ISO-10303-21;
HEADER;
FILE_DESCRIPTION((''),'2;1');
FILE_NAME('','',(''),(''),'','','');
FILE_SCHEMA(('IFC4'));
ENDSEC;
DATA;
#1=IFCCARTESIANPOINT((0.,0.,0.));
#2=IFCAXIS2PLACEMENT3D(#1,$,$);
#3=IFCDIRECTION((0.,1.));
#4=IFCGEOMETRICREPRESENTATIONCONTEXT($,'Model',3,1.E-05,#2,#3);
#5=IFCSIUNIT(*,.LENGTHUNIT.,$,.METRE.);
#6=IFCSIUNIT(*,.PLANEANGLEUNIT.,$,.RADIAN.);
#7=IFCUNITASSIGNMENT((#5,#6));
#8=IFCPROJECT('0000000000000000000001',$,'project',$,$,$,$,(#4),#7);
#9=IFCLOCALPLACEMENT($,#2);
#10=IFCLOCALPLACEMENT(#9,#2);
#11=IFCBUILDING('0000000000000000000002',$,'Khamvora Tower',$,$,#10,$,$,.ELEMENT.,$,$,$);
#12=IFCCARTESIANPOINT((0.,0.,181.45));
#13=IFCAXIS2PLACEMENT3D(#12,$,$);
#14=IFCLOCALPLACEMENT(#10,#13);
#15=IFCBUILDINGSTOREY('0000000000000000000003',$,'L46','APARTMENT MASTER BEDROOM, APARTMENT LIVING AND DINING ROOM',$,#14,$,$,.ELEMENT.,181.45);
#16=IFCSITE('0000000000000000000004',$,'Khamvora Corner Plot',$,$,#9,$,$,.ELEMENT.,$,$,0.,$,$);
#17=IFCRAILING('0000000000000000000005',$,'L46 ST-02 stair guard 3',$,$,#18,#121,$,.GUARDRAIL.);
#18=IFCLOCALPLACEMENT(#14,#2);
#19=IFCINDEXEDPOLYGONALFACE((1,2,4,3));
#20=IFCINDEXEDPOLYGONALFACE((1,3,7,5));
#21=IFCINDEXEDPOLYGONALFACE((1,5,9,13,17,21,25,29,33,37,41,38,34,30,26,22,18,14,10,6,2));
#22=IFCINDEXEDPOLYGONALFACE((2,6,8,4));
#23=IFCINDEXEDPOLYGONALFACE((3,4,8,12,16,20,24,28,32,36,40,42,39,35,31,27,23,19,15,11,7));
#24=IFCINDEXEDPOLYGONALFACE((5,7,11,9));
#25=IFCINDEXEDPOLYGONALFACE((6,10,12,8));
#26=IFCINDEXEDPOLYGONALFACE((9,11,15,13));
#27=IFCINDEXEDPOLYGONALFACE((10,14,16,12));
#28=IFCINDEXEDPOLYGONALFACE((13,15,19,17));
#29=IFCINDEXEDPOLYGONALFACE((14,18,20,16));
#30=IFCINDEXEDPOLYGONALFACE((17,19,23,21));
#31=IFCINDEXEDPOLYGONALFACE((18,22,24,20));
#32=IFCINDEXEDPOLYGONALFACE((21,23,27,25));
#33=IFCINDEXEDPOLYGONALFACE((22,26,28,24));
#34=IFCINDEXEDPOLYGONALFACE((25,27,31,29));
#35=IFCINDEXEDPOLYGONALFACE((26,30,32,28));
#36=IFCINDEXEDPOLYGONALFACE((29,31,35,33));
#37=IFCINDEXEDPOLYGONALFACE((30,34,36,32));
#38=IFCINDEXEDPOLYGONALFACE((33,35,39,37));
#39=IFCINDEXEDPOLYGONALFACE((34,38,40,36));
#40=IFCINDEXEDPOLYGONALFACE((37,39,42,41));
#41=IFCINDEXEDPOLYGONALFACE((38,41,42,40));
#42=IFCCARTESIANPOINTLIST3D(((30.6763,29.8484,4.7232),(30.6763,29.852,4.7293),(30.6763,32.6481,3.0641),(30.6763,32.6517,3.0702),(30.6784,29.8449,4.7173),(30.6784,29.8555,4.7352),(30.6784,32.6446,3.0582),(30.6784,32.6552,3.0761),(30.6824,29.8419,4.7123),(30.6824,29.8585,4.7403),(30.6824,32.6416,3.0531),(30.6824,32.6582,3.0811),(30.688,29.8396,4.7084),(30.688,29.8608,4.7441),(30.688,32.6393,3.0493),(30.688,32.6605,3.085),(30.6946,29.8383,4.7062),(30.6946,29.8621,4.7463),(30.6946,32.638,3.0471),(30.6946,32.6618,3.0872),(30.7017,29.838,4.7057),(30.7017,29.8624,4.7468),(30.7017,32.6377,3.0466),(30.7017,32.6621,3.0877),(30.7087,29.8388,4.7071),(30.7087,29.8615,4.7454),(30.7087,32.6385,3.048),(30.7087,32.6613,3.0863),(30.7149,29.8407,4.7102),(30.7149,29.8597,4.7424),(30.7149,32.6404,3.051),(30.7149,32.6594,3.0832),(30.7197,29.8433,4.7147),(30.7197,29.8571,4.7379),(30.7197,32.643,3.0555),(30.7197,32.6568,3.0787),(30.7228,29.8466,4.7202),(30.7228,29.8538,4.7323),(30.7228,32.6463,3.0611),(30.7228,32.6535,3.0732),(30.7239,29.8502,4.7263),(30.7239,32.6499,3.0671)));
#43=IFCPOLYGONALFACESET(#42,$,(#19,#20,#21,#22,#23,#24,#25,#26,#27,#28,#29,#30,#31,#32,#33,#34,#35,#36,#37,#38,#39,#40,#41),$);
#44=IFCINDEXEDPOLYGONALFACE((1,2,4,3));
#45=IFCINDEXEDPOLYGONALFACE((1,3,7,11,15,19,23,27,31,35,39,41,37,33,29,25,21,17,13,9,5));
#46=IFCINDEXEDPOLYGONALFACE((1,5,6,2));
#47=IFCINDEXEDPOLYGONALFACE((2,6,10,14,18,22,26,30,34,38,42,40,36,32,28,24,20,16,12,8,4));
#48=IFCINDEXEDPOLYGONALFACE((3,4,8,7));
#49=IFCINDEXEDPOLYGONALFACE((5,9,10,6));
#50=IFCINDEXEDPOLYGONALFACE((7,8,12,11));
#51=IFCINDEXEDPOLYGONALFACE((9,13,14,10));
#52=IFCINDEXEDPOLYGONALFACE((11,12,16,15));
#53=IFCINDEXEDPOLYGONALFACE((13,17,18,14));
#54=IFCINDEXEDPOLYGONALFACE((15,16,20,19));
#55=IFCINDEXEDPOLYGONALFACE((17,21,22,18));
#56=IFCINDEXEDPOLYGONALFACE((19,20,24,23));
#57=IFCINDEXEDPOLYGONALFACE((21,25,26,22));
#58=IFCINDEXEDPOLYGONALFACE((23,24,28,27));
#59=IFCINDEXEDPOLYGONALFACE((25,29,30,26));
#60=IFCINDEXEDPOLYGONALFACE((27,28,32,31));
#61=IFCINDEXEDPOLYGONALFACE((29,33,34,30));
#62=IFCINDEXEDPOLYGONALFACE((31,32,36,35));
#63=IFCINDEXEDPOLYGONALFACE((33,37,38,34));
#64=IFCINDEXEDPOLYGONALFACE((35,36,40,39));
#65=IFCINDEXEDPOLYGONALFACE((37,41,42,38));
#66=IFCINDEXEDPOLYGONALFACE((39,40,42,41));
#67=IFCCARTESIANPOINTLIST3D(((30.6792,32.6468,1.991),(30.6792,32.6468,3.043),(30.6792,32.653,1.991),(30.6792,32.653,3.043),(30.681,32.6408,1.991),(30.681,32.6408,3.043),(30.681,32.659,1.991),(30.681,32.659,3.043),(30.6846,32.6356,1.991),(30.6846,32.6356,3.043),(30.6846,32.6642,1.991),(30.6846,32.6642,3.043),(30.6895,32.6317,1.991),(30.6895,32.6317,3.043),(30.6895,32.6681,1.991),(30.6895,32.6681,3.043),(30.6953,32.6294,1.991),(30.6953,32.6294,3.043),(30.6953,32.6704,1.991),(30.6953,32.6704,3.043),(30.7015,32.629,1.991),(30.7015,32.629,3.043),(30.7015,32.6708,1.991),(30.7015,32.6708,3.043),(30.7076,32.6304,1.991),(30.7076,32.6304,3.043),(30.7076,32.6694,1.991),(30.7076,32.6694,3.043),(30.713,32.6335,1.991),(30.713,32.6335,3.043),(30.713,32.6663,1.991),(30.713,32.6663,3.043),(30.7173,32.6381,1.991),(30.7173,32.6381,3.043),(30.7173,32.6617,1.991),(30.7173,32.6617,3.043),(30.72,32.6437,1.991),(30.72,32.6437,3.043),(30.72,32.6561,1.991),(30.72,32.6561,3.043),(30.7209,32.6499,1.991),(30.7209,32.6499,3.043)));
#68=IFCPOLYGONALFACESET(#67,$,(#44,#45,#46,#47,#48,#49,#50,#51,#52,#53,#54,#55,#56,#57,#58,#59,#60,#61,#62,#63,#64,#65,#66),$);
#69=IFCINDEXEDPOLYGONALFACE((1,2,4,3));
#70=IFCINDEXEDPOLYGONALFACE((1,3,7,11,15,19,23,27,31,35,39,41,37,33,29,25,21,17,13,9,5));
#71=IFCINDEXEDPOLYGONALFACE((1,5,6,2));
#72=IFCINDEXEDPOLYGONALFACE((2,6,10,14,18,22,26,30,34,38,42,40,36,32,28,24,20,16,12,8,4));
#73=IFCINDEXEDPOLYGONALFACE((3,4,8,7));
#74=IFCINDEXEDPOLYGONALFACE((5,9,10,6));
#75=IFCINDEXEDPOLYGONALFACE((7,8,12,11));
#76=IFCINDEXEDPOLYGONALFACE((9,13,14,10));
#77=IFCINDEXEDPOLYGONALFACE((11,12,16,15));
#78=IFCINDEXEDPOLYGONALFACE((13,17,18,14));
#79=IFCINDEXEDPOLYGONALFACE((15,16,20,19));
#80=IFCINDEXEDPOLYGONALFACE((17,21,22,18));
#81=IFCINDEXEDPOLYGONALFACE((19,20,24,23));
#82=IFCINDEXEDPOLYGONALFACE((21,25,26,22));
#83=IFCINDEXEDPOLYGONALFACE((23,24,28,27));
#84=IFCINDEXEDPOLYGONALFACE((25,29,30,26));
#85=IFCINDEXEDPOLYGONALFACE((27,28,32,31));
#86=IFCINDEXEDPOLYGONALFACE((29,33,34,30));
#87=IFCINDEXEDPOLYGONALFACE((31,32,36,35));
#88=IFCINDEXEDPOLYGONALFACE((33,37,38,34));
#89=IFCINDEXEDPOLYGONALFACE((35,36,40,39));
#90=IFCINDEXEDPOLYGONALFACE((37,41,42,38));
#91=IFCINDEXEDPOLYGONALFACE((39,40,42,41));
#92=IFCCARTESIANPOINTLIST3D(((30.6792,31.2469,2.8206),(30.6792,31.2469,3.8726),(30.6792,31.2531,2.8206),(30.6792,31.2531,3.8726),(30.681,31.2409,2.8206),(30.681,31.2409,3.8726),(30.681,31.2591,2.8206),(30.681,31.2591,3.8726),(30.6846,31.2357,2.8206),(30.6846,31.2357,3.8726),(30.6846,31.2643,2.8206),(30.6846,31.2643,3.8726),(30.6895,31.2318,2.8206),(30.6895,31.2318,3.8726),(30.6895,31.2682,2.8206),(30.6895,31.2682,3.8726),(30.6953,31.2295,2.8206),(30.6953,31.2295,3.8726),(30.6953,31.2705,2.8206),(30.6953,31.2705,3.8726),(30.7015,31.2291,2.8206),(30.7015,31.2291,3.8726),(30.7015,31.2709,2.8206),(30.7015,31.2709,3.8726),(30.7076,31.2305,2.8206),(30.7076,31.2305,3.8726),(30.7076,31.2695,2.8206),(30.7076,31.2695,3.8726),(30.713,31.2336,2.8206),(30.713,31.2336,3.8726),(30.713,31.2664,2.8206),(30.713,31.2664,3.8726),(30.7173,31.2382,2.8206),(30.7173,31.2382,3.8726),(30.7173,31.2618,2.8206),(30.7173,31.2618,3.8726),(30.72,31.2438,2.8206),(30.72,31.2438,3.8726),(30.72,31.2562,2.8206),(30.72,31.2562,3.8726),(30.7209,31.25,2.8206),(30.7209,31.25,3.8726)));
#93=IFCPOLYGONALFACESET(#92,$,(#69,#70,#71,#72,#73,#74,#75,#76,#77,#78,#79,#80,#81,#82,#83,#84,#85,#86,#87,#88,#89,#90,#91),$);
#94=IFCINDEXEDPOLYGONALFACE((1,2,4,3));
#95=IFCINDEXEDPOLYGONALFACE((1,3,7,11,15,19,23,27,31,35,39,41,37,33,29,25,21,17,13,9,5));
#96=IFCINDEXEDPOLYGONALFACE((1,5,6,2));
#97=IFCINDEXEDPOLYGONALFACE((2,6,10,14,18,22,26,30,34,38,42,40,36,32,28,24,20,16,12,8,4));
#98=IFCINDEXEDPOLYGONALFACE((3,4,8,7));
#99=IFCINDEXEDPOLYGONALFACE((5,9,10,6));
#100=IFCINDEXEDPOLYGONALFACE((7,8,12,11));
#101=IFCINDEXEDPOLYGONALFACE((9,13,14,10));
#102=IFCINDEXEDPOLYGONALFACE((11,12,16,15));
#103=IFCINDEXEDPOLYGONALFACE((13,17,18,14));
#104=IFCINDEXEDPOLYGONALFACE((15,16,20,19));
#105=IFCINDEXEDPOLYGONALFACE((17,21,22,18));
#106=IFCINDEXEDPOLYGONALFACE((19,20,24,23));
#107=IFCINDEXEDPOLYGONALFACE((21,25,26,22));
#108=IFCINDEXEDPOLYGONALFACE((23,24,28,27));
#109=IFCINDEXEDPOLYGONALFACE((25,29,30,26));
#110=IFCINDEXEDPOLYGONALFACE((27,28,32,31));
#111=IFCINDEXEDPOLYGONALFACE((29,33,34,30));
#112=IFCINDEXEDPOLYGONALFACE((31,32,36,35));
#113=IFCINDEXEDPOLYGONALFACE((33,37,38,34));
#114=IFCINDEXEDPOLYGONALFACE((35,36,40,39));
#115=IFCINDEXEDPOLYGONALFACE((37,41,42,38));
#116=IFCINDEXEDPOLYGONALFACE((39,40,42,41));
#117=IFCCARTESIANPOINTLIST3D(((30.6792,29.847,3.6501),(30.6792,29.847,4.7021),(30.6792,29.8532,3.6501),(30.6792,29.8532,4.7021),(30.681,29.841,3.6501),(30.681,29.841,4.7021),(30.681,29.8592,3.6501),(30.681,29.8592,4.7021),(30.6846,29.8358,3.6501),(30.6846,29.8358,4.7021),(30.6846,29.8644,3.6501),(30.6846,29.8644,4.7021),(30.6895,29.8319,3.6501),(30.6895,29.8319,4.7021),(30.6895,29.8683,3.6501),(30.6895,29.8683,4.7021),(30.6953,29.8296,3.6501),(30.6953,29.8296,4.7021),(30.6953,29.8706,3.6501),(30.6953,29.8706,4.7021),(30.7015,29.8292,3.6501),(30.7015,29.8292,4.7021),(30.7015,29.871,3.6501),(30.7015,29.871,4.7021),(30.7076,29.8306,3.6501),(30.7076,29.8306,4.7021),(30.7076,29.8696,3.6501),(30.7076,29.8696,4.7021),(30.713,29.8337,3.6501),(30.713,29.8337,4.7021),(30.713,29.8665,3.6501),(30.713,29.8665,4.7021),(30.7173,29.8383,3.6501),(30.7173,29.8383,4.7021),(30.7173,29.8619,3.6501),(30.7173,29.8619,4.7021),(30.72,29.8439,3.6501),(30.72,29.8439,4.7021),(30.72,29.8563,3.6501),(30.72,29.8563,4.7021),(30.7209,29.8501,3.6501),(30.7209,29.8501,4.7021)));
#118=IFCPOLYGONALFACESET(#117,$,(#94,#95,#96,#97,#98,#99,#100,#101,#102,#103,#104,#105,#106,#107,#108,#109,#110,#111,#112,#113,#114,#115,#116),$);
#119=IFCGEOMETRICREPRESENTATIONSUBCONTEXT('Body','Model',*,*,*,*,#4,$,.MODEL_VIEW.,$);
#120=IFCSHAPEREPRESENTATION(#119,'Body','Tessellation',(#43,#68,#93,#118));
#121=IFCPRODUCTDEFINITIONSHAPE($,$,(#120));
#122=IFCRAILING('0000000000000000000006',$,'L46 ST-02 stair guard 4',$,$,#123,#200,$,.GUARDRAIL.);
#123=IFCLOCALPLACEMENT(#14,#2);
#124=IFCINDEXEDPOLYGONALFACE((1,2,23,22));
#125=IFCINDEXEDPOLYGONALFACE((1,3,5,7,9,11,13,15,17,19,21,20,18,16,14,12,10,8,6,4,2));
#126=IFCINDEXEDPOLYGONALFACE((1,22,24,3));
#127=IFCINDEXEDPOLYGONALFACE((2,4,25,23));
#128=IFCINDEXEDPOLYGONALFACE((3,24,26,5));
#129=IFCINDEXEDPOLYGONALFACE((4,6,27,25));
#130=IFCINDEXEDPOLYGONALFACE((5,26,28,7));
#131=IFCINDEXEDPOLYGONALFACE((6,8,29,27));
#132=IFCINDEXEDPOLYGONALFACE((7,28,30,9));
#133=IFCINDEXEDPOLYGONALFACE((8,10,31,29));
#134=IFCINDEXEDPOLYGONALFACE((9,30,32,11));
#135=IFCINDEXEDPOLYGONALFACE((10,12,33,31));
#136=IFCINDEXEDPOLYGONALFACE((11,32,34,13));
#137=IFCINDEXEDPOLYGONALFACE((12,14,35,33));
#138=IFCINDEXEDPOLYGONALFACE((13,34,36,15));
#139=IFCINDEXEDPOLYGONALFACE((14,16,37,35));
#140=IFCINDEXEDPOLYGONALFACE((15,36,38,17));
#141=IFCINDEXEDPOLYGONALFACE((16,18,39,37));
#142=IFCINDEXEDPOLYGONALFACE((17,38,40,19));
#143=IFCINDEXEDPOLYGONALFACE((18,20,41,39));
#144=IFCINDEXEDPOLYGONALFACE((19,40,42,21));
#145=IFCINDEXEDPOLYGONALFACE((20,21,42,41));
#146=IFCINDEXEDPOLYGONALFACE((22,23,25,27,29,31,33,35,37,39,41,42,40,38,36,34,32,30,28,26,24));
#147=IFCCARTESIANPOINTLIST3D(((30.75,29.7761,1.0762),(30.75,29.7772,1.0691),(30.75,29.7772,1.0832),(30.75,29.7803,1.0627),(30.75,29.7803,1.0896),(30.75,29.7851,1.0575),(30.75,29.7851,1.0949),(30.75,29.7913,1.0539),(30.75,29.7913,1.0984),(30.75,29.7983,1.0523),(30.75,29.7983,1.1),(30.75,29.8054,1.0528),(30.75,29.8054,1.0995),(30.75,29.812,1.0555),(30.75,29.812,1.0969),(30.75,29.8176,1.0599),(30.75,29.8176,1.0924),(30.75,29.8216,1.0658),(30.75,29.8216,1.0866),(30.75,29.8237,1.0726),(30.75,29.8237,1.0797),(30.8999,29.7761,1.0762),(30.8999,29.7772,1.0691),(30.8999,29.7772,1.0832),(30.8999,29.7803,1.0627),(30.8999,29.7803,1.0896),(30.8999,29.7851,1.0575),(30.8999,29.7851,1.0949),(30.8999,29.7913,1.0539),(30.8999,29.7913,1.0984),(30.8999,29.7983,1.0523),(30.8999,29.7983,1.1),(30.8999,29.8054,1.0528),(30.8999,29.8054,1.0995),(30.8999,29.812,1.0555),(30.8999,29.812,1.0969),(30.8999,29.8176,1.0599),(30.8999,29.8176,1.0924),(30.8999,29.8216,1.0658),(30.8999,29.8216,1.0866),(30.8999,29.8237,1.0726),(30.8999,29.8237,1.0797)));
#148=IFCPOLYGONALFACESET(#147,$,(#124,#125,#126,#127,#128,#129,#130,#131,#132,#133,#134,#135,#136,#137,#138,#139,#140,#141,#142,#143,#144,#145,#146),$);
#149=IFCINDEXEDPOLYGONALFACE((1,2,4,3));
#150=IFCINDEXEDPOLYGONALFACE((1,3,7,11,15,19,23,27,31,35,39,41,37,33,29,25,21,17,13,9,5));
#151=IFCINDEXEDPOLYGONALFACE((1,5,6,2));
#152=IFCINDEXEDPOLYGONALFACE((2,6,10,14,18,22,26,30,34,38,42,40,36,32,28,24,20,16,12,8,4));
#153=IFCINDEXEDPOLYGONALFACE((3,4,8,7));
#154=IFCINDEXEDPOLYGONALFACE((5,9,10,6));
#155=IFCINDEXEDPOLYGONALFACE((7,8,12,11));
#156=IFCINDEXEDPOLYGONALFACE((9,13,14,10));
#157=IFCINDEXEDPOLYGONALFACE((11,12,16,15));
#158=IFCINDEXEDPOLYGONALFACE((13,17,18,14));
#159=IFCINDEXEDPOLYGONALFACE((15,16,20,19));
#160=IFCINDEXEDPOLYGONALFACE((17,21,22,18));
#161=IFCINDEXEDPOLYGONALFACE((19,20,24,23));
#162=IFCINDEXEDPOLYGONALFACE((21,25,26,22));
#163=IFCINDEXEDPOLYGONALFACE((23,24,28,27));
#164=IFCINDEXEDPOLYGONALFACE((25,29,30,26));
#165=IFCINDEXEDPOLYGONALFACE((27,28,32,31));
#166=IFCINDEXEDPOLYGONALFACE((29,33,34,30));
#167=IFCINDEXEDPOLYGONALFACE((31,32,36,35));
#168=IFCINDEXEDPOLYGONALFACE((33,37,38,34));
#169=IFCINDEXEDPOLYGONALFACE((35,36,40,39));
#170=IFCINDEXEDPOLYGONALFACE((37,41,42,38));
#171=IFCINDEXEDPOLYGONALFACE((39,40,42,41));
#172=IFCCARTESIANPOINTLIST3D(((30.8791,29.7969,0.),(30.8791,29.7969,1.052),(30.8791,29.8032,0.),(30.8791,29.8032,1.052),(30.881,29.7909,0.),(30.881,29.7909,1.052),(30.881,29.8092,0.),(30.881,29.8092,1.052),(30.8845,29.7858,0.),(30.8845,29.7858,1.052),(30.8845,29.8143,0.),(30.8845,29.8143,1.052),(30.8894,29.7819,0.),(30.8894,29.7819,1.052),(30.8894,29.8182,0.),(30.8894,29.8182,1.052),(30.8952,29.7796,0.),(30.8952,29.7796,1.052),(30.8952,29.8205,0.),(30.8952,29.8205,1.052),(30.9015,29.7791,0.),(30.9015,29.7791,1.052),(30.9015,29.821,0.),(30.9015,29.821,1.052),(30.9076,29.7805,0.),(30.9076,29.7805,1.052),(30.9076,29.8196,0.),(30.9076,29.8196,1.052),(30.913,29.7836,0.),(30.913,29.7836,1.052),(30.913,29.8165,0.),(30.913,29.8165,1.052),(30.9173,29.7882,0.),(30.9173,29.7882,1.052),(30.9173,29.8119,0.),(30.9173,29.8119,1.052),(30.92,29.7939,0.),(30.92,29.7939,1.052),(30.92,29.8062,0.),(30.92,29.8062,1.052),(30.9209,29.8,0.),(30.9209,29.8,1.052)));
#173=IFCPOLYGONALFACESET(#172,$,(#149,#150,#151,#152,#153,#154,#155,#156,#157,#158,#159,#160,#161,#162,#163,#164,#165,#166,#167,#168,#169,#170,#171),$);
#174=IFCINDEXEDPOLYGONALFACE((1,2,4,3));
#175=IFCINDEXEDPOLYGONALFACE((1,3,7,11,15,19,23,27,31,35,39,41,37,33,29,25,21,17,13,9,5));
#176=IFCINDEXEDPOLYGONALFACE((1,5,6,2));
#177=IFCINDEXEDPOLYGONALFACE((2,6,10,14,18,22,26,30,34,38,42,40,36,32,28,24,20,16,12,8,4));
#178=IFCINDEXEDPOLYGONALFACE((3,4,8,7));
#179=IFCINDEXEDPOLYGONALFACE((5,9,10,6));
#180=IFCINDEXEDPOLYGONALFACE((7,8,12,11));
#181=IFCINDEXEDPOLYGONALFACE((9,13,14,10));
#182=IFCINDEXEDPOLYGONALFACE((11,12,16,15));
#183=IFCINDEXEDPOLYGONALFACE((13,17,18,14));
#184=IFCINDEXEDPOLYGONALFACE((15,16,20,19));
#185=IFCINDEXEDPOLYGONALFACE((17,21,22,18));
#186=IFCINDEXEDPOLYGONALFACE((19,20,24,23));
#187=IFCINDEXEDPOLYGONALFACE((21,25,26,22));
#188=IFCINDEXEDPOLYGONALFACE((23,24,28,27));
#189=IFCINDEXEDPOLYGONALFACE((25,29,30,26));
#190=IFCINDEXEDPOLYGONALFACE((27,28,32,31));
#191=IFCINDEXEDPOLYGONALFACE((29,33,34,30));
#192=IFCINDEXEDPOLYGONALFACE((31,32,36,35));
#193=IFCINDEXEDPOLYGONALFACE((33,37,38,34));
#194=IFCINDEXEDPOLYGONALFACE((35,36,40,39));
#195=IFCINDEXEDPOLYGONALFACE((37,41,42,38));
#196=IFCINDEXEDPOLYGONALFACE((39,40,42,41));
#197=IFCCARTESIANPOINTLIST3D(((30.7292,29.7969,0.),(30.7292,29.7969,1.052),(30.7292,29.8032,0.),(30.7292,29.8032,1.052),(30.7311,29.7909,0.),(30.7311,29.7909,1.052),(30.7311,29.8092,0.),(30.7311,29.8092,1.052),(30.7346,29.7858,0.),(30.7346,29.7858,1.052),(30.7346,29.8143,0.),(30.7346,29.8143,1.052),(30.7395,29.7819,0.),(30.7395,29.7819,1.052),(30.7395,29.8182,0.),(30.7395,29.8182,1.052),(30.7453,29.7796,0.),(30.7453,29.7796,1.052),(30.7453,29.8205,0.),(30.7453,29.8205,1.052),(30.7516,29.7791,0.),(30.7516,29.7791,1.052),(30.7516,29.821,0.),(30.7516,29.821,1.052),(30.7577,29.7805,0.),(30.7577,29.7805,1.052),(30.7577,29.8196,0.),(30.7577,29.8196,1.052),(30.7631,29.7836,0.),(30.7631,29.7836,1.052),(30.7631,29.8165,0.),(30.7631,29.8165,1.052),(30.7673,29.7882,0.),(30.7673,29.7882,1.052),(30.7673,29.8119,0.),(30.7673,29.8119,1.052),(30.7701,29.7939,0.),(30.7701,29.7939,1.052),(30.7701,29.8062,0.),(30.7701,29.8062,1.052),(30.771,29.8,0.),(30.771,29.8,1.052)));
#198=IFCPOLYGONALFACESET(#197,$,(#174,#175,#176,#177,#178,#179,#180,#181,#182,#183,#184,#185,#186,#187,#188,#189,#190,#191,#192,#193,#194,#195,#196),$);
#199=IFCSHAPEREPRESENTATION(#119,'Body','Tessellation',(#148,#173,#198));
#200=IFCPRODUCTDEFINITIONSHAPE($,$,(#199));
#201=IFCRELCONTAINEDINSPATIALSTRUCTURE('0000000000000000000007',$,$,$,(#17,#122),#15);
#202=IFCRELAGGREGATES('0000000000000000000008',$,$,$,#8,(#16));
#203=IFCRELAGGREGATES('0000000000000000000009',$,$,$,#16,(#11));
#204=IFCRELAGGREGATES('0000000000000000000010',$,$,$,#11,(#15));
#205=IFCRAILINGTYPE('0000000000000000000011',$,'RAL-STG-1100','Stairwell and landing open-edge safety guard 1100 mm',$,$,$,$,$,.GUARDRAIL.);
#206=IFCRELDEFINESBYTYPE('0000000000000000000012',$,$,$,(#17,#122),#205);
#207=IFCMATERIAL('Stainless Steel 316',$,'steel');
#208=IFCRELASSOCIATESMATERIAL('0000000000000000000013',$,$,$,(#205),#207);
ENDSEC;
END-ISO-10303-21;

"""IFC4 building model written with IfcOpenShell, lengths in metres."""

from ifc_helpers import new_model, si_unit, direction, frame, origin, origin_2d, place, context, subcontext, project, spatial, circle, extrude, material, type_object, element, save


model = new_model("IFC4")

# Units and contexts
model_context = context("Model", 3, precision=1e-05, world=origin(), true_north=direction((0.0, 1.0)))
body_context = subcontext(model_context, "Body", "Model", "MODEL_VIEW")
ifc_project = project(units=[si_unit("LENGTHUNIT", "METRE"), si_unit("PLANEANGLEUNIT", "RADIAN")], contexts=[model_context])

# Site, building, storey
site_placement = place(None, origin())
site = spatial("IfcSite", under=ifc_project, at=site_placement, Name="Khamvora Corner Plot", CompositionType="ELEMENT", RefElevation=0.0)
building_placement = place(site_placement, origin())
building = spatial("IfcBuilding", under=site, at=building_placement, Name="Khamvora Tower", CompositionType="ELEMENT")
storey_placement = place(building_placement, frame((0.0, 0.0, 181.45)))
storey = spatial("IfcBuildingStorey", under=building, at=storey_placement, Name="L46", Description="APARTMENT MASTER BEDROOM, APARTMENT LIVING AND DINING ROOM", CompositionType="ELEMENT", Elevation=181.45)

# Railings
ifc_material_1 = material(Name="Stainless Steel 316", Category="steel")
railing_type_1 = type_object("IfcRailingType", Name="RAL-STG-1100", Description="Stairwell and landing open-edge safety guard 1100 mm", PredefinedType="GUARDRAIL", material=ifc_material_1)
railing_1_placement = place(storey_placement, frame((30.7, 32.6499, 1.991)))
element("IfcRailing", 1, at=railing_1_placement, inside=storey, type_object=railing_type_1, Name="L46 ST-02 stair guard 3", PredefinedType="GUARDRAIL", context=body_context, shape_type="SweptSolid", body=[
    extrude(circle(Radius=0.0239, at=origin_2d()), frame((0.0, 0.0, 1.0762), z_axis=(0.0, -0.860287, 0.509811), x_axis=(1.0, 0.0, 0.0)), (0.0, 0.0, 1.0), 3.2544),
    extrude(circle(Radius=0.021, at=origin_2d()), origin(), (0.0, 0.0, 1.0), 1.052),
    extrude(circle(Radius=0.021, at=origin_2d()), frame((0.0, -1.3999, 0.8296)), (0.0, 0.0, 1.0), 1.052),
    extrude(circle(Radius=0.021, at=origin_2d()), frame((0.0, -2.7998, 1.6592)), (0.0, 0.0, 1.0), 1.052),
])
railing_2_placement = place(storey_placement, frame((30.8999, 29.8, 0.0)))
element("IfcRailing", 2, at=railing_2_placement, inside=storey, type_object=railing_type_1, Name="L46 ST-02 stair guard 4", PredefinedType="GUARDRAIL", context=body_context, shape_type="SweptSolid", body=[
    extrude(circle(Radius=0.0239, at=origin_2d()), frame((0.0, 0.0, 1.0762), z_axis=(-1.0, 0.0, 0.0), x_axis=(0.0, -1.0, 0.0)), (0.0, 0.0, 1.0), 0.1499),
    extrude(circle(Radius=0.021, at=origin_2d()), origin(), (0.0, 0.0, 1.0), 1.052),
    extrude(circle(Radius=0.021, at=origin_2d()), frame((-0.1499, 0.0, 0.0)), (0.0, 0.0, 1.0), 1.052),
])

save(model, "model.ifc")
